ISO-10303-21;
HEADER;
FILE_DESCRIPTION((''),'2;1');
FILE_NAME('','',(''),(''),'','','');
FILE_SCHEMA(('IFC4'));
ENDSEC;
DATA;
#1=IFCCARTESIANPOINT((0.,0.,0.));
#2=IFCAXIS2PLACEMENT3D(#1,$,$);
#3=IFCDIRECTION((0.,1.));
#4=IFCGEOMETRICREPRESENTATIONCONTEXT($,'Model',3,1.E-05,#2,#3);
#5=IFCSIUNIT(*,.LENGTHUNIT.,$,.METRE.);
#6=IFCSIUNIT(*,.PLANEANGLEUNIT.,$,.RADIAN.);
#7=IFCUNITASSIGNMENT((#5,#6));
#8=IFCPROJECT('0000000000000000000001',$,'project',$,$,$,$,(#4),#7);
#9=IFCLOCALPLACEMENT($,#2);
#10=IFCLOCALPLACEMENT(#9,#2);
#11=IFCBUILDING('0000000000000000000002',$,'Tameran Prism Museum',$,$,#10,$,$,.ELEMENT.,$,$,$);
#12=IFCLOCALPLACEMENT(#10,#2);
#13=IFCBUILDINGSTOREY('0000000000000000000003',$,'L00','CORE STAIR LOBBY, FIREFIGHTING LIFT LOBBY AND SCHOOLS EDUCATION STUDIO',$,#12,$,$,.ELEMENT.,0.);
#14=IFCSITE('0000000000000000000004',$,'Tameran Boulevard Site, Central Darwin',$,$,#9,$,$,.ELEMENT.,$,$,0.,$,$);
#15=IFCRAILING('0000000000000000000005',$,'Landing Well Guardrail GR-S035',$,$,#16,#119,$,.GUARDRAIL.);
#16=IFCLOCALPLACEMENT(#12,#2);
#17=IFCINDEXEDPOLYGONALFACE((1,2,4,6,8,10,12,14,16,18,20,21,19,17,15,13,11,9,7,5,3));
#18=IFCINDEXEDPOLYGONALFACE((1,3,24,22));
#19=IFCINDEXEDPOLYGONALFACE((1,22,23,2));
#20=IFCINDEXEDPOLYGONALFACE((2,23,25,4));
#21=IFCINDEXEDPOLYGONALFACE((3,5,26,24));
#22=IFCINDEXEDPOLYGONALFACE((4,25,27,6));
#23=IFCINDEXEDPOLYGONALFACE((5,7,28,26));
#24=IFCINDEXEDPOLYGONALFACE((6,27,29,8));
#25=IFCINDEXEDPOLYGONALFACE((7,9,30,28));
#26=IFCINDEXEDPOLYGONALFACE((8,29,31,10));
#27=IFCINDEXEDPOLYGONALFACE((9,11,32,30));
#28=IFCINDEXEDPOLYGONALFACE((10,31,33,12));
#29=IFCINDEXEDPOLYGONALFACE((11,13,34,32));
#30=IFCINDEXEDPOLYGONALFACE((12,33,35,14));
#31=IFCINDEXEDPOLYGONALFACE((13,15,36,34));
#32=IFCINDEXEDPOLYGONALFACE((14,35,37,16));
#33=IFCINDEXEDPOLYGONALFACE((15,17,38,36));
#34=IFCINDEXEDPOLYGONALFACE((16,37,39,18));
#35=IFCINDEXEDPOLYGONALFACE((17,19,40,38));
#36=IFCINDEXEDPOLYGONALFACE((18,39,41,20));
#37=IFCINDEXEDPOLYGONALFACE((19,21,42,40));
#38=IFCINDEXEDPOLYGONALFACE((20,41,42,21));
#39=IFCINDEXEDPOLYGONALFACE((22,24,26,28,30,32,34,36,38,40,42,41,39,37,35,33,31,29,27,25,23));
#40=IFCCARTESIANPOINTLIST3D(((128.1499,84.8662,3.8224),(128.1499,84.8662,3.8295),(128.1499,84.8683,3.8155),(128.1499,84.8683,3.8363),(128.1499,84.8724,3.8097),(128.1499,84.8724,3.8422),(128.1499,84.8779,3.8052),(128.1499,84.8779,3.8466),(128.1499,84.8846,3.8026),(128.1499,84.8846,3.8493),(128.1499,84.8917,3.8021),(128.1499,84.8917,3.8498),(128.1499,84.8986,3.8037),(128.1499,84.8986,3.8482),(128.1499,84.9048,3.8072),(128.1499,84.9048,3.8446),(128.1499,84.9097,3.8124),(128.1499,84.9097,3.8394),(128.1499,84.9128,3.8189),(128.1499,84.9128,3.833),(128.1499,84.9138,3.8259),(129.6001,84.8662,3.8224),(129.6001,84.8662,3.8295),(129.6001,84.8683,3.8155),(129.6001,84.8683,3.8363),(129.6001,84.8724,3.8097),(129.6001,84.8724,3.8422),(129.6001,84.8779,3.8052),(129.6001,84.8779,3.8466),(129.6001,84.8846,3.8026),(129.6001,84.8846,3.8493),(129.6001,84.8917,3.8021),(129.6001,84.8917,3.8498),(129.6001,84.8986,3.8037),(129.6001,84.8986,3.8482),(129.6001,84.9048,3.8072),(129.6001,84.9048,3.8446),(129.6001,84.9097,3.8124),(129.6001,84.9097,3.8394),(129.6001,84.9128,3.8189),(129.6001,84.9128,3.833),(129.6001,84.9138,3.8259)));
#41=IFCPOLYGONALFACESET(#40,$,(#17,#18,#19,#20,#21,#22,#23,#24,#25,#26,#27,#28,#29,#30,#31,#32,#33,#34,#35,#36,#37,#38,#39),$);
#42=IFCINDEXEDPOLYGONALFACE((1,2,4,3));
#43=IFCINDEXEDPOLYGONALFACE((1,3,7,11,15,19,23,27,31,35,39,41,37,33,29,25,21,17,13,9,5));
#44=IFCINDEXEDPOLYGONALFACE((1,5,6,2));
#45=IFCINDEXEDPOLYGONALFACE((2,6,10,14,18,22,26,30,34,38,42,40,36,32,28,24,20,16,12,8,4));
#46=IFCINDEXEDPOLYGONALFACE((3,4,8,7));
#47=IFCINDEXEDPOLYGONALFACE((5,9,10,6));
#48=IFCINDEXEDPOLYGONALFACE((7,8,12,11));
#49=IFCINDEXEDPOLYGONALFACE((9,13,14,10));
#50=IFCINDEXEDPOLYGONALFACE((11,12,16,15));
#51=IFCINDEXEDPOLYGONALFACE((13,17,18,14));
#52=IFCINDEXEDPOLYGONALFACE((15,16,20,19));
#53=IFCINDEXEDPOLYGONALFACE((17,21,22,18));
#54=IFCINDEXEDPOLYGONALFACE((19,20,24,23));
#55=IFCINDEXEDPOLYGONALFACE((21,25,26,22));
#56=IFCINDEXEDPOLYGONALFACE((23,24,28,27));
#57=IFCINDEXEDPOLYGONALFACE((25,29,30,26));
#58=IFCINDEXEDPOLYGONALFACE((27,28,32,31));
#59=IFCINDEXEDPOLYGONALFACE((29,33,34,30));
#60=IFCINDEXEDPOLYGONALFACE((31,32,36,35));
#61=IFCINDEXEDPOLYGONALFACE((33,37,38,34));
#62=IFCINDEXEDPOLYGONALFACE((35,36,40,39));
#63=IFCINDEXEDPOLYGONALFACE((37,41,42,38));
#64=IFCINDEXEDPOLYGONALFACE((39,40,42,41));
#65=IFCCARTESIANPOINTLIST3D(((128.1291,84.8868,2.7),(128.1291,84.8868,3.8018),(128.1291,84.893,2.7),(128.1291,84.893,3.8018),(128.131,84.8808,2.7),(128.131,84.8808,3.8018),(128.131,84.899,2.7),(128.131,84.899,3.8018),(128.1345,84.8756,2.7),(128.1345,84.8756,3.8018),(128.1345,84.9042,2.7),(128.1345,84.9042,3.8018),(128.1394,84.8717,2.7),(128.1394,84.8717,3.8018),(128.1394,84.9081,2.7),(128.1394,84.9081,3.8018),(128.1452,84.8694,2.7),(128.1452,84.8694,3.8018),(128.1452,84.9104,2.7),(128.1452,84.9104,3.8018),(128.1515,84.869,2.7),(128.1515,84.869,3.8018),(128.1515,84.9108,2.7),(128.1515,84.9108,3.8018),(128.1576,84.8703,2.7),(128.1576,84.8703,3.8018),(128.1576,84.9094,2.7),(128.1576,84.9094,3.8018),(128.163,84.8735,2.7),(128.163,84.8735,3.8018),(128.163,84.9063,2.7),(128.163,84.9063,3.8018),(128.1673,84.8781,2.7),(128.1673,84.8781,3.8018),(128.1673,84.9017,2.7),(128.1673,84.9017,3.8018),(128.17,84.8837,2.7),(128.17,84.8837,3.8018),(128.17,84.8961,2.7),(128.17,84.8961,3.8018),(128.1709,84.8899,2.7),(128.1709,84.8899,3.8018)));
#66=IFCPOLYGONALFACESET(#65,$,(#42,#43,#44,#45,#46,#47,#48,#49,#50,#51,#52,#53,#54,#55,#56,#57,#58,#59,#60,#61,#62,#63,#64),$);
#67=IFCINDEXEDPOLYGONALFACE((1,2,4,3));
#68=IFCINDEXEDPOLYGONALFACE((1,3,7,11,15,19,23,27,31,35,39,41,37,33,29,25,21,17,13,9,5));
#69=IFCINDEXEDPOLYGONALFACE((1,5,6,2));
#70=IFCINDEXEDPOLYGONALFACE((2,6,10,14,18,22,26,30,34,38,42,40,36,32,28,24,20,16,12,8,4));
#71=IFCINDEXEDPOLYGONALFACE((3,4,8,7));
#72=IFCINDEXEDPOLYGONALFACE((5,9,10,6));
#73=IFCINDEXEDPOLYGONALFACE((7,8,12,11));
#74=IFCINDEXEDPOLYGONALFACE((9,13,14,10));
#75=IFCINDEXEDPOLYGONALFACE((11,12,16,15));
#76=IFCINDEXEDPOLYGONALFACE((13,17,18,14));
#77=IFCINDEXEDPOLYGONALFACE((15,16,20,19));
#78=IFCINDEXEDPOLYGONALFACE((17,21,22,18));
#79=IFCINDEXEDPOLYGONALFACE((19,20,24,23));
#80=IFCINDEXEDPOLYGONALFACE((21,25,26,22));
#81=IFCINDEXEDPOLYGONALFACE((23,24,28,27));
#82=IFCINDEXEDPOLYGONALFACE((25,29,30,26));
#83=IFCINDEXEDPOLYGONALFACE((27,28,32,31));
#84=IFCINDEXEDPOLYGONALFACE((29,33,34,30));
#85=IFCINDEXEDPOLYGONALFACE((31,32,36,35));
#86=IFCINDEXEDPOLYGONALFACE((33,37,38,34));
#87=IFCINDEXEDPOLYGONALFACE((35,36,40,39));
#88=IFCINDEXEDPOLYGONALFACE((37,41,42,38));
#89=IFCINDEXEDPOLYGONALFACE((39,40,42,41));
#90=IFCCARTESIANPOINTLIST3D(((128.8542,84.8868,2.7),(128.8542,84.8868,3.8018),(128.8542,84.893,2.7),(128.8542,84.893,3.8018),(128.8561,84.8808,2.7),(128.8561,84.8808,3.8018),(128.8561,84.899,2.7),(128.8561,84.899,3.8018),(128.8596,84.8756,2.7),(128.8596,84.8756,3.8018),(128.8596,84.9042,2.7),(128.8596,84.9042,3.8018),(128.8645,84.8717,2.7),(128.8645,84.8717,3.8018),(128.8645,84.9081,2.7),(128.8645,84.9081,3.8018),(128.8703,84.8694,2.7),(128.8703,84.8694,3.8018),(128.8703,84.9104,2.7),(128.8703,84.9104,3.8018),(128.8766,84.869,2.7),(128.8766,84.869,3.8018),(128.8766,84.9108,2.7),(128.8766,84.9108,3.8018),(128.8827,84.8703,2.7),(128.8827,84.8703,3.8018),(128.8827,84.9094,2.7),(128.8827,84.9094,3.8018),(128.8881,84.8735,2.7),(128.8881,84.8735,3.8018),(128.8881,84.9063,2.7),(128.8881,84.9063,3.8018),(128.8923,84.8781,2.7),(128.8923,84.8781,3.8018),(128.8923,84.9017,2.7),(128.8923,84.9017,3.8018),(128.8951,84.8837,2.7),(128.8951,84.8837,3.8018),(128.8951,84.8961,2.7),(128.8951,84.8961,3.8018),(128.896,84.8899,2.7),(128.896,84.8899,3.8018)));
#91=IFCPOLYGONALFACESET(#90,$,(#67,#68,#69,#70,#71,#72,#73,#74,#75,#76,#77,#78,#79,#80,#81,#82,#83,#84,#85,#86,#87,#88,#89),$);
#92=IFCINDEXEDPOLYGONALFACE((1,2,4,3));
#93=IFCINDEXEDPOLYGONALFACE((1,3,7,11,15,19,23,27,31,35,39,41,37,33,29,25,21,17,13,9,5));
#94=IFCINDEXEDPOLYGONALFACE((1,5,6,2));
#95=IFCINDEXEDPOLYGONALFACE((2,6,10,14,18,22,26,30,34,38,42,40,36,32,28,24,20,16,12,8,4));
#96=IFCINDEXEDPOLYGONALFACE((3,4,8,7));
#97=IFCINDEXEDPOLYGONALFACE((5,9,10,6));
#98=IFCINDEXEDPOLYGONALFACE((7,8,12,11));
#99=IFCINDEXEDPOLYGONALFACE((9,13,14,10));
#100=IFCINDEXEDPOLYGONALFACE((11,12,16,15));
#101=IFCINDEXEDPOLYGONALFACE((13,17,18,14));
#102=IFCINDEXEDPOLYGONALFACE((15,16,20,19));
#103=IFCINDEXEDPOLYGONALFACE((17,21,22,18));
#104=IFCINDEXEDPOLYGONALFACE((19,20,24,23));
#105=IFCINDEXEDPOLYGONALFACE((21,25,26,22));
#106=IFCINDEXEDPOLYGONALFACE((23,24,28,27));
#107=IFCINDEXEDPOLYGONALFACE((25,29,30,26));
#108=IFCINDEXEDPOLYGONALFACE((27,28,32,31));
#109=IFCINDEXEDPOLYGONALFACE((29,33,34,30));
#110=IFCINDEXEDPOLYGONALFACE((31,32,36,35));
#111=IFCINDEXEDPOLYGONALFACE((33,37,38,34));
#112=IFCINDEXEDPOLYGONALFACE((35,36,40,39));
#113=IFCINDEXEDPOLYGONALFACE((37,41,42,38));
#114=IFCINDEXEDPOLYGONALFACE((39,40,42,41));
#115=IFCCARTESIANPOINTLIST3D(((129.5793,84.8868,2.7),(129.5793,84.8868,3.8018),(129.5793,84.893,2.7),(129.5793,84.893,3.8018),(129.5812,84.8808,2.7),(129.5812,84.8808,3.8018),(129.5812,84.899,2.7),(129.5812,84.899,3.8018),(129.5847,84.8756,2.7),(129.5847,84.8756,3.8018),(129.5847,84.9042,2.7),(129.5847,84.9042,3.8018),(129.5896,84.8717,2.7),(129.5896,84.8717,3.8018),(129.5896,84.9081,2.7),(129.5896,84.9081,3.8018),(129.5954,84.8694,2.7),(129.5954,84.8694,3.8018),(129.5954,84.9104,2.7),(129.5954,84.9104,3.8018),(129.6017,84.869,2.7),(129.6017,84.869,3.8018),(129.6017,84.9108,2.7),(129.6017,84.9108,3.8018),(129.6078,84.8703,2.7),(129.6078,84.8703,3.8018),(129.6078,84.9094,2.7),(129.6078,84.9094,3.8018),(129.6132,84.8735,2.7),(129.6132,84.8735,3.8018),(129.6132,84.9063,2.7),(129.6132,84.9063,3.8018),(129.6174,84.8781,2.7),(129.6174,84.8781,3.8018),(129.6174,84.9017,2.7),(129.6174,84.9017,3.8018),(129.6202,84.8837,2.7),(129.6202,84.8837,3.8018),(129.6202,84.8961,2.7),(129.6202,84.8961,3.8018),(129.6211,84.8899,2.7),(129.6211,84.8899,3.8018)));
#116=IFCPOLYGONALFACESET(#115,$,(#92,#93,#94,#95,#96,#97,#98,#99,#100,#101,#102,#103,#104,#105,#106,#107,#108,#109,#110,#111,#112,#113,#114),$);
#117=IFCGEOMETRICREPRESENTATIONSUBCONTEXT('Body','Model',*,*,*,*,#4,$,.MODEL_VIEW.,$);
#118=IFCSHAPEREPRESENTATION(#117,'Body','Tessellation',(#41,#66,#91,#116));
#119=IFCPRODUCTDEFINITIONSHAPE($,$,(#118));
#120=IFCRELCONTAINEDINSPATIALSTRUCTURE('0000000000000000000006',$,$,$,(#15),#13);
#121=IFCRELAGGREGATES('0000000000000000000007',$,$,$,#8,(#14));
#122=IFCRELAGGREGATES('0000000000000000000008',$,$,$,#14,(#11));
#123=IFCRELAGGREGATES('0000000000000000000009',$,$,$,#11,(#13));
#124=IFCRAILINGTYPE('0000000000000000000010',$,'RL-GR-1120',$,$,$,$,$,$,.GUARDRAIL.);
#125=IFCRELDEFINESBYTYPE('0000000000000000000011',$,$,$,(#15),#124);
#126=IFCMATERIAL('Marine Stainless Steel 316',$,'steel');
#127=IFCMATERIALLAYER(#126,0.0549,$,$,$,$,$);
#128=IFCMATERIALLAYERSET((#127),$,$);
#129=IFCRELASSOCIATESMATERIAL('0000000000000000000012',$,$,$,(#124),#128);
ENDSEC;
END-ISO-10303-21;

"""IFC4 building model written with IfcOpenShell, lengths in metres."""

from ifc_helpers import new_model, si_unit, direction, frame, origin, origin_2d, place, context, subcontext, project, spatial, circle, extrude, material, layer, layer_set, type_object, element, save


model = new_model("IFC4")

# Units and contexts
model_context = context("Model", 3, precision=1e-05, world=origin(), true_north=direction((0.0, 1.0)))
body_context = subcontext(model_context, "Body", "Model", "MODEL_VIEW")
ifc_project = project(units=[si_unit("LENGTHUNIT", "METRE"), si_unit("PLANEANGLEUNIT", "RADIAN")], contexts=[model_context])

# Site, building, storey
site_placement = place(None, origin())
site = spatial("IfcSite", under=ifc_project, at=site_placement, Name="Tameran Boulevard Site, Central Darwin", CompositionType="ELEMENT", RefElevation=0.0)
building_placement = place(site_placement, origin())
building = spatial("IfcBuilding", under=site, at=building_placement, Name="Tameran Prism Museum", CompositionType="ELEMENT")
storey_placement = place(building_placement, origin())
storey = spatial("IfcBuildingStorey", under=building, at=storey_placement, Name="L00", Description="CORE STAIR LOBBY, FIREFIGHTING LIFT LOBBY AND SCHOOLS EDUCATION STUDIO", CompositionType="ELEMENT", Elevation=0.0)

# Railing
ifc_material_1 = material(Name="Marine Stainless Steel 316", Category="steel")
ifc_layer_1 = layer(ifc_material_1, 0.0549)
ifc_layer_set_1 = layer_set([ifc_layer_1])
railing_type_1 = type_object("IfcRailingType", Name="RL-GR-1120", PredefinedType="GUARDRAIL", material=ifc_layer_set_1)
railing_1_placement = place(storey_placement, frame((128.1499, 84.8899, 2.7)))
element("IfcRailing", 1, at=railing_1_placement, inside=storey, type_object=railing_type_1, Name="Landing Well Guardrail GR-S035", PredefinedType="GUARDRAIL", context=body_context, shape_type="SweptSolid", body=[
    extrude(circle(Radius=0.0239, at=origin_2d()), frame((0.0, 0.0, 1.126), z_axis=(1.0, 0.0, 0.0), x_axis=(0.0, 1.0, 0.0)), (0.0, 0.0, 1.0), 1.4502),
    extrude(circle(Radius=0.021, at=origin_2d()), origin(), (0.0, 0.0, 1.0), 1.1018),
    extrude(circle(Radius=0.021, at=origin_2d()), frame((0.7251, 0.0, 0.0)), (0.0, 0.0, 1.0), 1.1018),
    extrude(circle(Radius=0.021, at=origin_2d()), frame((1.4502, 0.0, 0.0)), (0.0, 0.0, 1.0), 1.1018),
])

save(model, "model.ifc")
